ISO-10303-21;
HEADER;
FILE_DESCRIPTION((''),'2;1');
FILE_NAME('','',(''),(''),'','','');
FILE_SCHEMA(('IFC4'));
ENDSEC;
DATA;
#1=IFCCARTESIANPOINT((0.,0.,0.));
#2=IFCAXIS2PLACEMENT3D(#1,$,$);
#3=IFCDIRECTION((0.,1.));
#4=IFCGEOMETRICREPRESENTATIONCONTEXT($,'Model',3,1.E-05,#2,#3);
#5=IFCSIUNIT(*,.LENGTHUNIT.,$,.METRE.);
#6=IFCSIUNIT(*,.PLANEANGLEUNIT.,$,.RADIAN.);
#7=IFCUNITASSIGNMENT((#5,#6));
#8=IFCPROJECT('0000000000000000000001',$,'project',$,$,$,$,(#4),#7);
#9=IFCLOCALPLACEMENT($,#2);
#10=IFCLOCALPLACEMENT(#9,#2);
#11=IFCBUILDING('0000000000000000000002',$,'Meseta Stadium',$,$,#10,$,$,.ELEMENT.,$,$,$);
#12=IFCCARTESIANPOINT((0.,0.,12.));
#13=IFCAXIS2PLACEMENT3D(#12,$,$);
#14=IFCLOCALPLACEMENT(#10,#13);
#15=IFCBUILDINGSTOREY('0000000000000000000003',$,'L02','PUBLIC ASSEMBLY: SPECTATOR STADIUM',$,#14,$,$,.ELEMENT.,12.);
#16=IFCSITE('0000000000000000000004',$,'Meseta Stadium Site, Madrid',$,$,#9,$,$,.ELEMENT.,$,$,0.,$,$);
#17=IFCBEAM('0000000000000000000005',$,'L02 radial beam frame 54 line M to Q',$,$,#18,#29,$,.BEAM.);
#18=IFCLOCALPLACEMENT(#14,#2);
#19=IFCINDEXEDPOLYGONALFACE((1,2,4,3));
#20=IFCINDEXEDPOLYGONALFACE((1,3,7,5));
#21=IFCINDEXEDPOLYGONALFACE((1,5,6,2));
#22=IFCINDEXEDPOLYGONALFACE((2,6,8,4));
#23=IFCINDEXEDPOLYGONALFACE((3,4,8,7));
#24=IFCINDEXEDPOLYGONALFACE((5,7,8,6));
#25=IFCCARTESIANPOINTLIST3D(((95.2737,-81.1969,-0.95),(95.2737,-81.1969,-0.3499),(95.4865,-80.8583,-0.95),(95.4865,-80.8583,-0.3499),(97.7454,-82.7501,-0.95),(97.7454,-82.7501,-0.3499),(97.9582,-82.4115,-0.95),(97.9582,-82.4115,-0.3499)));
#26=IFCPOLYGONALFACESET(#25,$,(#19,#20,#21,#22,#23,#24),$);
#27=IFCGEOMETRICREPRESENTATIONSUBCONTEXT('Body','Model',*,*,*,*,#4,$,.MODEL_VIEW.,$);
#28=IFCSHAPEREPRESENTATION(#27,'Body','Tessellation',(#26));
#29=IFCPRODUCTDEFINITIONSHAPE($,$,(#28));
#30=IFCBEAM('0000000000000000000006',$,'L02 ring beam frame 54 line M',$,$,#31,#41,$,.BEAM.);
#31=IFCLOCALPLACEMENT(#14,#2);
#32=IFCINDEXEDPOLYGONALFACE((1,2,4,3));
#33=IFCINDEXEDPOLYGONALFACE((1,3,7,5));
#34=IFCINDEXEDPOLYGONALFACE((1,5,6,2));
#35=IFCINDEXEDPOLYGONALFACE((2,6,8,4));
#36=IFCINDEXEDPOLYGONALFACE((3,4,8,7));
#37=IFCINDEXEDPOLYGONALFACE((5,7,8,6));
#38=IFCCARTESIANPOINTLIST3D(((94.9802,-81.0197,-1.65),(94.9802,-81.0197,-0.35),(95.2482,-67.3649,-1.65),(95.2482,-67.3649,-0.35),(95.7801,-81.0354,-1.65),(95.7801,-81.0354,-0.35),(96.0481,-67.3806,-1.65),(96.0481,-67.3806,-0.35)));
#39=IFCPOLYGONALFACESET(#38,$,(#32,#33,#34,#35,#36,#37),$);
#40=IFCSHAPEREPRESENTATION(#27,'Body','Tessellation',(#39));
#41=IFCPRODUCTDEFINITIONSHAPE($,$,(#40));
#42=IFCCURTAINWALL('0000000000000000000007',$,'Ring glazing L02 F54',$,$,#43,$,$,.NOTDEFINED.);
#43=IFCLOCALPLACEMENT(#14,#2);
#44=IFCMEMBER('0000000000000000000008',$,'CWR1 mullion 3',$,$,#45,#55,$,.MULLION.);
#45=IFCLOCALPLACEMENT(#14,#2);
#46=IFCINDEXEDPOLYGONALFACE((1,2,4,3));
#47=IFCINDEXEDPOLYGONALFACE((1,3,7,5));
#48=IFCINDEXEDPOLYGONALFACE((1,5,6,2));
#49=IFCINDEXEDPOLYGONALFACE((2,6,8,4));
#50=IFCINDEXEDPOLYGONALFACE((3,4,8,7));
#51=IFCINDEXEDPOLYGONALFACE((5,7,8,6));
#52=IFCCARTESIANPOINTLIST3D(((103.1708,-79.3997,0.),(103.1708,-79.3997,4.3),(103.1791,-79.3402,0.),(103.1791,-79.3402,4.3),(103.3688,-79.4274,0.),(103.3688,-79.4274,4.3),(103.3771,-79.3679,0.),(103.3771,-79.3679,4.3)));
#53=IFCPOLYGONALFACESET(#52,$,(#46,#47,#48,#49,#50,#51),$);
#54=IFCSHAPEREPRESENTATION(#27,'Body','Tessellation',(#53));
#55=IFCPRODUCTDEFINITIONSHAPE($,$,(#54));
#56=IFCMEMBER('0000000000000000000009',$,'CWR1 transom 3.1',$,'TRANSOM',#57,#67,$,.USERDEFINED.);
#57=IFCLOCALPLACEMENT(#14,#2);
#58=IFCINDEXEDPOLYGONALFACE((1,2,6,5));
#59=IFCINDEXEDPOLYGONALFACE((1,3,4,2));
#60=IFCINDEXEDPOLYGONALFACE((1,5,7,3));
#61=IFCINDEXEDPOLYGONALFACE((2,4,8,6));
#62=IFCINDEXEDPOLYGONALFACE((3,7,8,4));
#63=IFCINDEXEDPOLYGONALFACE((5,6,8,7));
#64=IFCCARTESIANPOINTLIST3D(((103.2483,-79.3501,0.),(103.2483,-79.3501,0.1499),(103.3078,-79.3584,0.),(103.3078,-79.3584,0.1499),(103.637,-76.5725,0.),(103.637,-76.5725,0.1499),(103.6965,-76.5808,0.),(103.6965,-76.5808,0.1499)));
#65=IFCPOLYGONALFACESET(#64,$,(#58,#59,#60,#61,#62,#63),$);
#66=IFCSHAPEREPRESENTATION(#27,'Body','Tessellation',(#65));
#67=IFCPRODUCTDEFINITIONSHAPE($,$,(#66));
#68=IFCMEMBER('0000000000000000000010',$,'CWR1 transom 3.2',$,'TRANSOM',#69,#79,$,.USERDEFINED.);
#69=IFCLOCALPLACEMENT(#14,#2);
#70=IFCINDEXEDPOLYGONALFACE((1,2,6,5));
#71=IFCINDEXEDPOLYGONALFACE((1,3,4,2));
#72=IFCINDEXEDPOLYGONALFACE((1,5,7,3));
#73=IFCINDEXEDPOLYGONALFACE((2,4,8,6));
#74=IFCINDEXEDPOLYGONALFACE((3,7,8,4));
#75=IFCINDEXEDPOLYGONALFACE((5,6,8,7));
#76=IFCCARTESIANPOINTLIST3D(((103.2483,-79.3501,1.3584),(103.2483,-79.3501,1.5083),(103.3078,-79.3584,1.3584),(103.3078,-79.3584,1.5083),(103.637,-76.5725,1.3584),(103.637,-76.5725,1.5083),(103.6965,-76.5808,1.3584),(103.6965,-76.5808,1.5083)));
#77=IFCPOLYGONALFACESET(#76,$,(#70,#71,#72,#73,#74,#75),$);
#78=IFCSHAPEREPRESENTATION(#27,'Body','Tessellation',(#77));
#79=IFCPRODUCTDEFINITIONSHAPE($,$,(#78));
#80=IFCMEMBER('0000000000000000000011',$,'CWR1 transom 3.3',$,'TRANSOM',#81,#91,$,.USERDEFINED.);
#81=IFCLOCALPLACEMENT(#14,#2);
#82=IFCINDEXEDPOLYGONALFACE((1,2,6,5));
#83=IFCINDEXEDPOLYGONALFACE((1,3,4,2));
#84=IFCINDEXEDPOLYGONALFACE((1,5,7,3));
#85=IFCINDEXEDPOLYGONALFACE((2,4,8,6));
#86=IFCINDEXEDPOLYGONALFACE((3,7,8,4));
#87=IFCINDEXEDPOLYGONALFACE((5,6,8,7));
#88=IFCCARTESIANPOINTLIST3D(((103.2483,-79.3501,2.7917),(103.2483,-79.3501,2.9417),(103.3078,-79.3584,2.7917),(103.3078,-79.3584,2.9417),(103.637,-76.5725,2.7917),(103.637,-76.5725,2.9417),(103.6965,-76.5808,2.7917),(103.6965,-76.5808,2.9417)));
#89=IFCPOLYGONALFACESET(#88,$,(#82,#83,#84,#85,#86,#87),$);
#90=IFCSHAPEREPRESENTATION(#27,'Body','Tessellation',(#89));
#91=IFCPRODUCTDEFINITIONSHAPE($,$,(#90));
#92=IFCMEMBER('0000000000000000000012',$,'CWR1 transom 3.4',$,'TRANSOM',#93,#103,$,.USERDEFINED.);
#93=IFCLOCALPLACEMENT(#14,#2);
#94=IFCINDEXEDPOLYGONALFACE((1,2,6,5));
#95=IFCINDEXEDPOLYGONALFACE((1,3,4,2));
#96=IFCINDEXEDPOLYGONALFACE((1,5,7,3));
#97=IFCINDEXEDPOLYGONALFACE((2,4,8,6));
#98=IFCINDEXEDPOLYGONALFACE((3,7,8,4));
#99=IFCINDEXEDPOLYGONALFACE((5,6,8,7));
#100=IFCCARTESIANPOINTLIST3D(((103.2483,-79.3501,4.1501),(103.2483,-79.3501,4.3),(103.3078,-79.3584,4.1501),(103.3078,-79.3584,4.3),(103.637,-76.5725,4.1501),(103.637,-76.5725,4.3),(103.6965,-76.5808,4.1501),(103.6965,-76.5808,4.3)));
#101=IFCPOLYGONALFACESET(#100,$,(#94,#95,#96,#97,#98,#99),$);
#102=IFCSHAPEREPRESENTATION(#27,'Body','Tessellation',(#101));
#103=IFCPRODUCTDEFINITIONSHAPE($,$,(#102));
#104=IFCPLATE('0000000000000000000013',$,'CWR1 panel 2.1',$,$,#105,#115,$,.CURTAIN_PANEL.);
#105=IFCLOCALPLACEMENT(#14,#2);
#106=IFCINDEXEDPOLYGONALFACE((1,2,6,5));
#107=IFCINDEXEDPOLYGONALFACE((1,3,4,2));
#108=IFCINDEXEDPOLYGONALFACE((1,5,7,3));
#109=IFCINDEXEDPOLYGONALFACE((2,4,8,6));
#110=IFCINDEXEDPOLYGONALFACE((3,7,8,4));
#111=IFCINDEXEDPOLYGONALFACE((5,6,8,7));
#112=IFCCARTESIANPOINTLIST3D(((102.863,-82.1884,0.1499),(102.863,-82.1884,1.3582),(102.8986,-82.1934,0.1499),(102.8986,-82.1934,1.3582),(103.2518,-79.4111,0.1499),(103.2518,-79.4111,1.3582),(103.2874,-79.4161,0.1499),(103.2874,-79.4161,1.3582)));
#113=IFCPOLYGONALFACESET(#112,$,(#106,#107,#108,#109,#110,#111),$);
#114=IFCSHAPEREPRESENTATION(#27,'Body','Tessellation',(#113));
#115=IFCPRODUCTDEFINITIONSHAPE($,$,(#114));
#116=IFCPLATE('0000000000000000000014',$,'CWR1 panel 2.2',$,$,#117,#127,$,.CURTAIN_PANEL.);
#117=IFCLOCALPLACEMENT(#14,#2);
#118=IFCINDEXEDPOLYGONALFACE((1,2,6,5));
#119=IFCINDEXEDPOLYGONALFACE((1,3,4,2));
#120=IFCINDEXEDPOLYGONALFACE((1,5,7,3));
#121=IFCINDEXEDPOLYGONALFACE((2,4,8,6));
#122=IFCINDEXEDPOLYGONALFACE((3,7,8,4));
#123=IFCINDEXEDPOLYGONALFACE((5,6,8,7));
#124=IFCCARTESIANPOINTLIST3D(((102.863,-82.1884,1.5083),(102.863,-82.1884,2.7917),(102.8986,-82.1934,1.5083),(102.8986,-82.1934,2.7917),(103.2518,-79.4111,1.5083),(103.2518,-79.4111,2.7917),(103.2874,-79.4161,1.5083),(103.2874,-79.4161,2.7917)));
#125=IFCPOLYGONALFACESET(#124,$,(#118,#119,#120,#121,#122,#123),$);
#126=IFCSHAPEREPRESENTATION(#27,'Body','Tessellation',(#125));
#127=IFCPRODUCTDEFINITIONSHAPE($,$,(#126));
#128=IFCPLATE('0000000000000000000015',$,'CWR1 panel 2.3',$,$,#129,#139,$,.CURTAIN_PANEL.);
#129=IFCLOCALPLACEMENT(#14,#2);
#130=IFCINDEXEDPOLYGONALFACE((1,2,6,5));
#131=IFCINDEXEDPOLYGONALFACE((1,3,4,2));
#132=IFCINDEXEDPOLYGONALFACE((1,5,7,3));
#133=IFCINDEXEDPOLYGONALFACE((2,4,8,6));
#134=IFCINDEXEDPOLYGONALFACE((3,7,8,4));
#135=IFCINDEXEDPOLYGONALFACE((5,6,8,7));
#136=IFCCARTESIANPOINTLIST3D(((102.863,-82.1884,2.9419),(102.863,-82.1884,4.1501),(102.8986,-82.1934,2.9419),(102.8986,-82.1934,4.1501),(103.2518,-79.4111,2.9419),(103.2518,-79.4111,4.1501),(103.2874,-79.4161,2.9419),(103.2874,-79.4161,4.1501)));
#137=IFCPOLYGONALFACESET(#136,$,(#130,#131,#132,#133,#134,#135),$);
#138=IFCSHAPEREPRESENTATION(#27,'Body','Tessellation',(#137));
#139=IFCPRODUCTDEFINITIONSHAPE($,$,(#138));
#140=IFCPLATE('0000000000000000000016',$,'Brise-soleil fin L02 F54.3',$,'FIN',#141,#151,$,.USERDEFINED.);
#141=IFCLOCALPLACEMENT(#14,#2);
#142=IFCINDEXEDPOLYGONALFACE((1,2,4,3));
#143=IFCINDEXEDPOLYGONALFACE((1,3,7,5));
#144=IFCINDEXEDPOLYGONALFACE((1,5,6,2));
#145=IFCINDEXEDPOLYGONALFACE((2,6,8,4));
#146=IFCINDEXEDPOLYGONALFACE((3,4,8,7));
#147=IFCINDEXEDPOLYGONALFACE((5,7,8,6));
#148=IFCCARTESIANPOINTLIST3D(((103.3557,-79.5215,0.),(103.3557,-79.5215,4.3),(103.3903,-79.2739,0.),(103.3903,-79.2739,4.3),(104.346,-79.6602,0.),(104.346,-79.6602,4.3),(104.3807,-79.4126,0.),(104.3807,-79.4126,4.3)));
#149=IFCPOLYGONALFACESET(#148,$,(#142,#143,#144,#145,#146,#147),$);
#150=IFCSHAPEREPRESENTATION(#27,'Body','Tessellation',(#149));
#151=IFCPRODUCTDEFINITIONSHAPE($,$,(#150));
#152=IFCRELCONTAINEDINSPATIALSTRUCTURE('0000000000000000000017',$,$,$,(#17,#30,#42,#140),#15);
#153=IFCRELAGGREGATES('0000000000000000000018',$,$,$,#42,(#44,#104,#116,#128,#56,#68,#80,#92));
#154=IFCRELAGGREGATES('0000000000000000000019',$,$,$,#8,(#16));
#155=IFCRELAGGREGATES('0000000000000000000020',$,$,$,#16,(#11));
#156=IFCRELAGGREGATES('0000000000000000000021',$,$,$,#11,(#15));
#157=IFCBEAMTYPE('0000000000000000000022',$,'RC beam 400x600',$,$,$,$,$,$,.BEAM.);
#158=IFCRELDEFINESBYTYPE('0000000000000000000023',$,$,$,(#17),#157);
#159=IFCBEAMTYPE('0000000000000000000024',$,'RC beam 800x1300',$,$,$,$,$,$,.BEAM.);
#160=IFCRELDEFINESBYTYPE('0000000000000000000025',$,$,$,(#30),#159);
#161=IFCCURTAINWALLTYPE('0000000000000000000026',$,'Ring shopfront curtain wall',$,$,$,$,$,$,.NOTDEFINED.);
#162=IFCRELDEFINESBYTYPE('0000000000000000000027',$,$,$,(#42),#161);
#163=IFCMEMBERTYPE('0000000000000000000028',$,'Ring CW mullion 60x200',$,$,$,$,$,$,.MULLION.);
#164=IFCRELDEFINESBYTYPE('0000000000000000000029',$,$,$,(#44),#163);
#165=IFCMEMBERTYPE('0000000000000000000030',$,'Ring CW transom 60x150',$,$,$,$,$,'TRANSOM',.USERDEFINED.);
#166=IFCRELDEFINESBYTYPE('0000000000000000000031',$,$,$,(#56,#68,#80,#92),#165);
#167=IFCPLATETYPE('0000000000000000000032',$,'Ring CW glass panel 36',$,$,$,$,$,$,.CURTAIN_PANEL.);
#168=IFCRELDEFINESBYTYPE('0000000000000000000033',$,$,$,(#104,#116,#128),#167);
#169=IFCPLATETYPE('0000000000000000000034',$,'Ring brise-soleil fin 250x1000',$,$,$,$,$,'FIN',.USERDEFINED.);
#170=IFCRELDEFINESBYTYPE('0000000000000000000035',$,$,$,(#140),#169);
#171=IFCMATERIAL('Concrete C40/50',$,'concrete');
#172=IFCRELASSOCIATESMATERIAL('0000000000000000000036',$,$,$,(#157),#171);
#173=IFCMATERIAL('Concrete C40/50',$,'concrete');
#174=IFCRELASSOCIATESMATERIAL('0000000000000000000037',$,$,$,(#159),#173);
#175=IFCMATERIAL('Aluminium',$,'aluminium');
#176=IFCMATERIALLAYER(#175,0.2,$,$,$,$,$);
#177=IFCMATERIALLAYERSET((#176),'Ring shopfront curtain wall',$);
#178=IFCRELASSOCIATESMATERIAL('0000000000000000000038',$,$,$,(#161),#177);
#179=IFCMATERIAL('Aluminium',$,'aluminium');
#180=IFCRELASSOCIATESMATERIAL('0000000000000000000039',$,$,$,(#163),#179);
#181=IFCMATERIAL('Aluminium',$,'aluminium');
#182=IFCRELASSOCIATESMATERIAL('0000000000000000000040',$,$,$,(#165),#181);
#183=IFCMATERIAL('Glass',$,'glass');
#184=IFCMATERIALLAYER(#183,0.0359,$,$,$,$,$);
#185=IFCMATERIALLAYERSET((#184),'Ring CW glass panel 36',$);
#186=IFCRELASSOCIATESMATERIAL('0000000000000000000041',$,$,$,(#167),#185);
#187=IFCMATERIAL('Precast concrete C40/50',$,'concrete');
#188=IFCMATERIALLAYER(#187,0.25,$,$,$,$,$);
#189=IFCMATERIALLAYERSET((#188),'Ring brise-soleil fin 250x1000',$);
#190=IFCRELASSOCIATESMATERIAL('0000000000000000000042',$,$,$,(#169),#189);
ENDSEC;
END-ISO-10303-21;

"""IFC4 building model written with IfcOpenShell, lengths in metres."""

from ifc_helpers import new_model, si_unit, direction, frame, origin, origin_2d, place, context, subcontext, project, spatial, rectangle, extrude, material, layer, layer_set, material_profile, profile_set, type_object, element, aggregate, save


model = new_model("IFC4")

# Units and contexts
model_context = context("Model", 3, precision=1e-05, world=origin(), true_north=direction((0.0, 1.0)))
body_context = subcontext(model_context, "Body", "Model", "MODEL_VIEW")
ifc_project = project(units=[si_unit("LENGTHUNIT", "METRE"), si_unit("PLANEANGLEUNIT", "RADIAN")], contexts=[model_context])

# Site, building, storey
site_placement = place(None, origin())
site = spatial("IfcSite", under=ifc_project, at=site_placement, Name="Meseta Stadium Site, Madrid", CompositionType="ELEMENT", RefElevation=0.0)
building_placement = place(site_placement, origin())
building = spatial("IfcBuilding", under=site, at=building_placement, Name="Meseta Stadium", CompositionType="ELEMENT")
storey_placement = place(building_placement, frame((0.0, 0.0, 12.0)))
storey = spatial("IfcBuildingStorey", under=building, at=storey_placement, Name="L02", Description="PUBLIC ASSEMBLY: SPECTATOR STADIUM", CompositionType="ELEMENT", Elevation=12.0)

# Beams
ifc_material_1 = material(Name="Concrete C40/50", Category="concrete")
ifc_material_profile_1 = material_profile(ifc_material_1, rectangle(XDim=0.3999, YDim=0.6001, at=origin_2d()), Name="RC 400x600")
ifc_profile_set_1 = profile_set([ifc_material_profile_1], Name="Concrete C40/50")
beam_type_1 = type_object("IfcBeamType", Name="RC beam 400x600", PredefinedType="BEAM", material=ifc_profile_set_1)
beam_1_placement = place(storey_placement, frame((95.3801, -81.0276, -0.6499), z_axis=(0.846699, -0.532072, 0.0), x_axis=(0.532072, 0.846699, 0.0)))
element("IfcBeam", 1, at=beam_1_placement, inside=storey, type_object=beam_type_1, Name="L02 radial beam frame 54 line M to Q", PredefinedType="BEAM", context=body_context, shape_type="SweptSolid", body=[
    extrude(rectangle(XDim=0.3999, YDim=0.6001, at=origin_2d()), origin(), (0.0, 0.0, 1.0), 2.9192),
])
ifc_material_2 = material(Name="Concrete C40/50", Category="concrete")
ifc_material_profile_2 = material_profile(ifc_material_2, rectangle(XDim=0.8, YDim=1.3, at=origin_2d()), Name="RC 800x1300")
ifc_profile_set_2 = profile_set([ifc_material_profile_2], Name="Concrete C40/50")
beam_type_2 = type_object("IfcBeamType", Name="RC beam 800x1300", PredefinedType="BEAM", material=ifc_profile_set_2)
beam_2_placement = place(storey_placement, frame((95.3801, -81.0276, -1.0), z_axis=(0.019628, 0.999807, 0.0), x_axis=(-0.999807, 0.019628, 0.0)))
element("IfcBeam", 2, at=beam_2_placement, inside=storey, type_object=beam_type_2, Name="L02 ring beam frame 54 line M", PredefinedType="BEAM", context=body_context, shape_type="SweptSolid", body=[
    extrude(rectangle(XDim=0.8, YDim=1.3, at=origin_2d()), origin(), (0.0, 0.0, 1.0), 13.6575),
])

# Curtain wall, members, plates
ifc_material_3 = material(Name="Aluminium", Category="aluminium")
ifc_layer_1 = layer(ifc_material_3, 0.2)
ifc_layer_set_1 = layer_set([ifc_layer_1], Name="Ring shopfront curtain wall")
curtain_wall_type = type_object("IfcCurtainWallType", Name="Ring shopfront curtain wall", PredefinedType="NOTDEFINED", material=ifc_layer_set_1)
curtain_wall_placement = place(storey_placement, origin())
curtain_wall = element("IfcCurtainWall", 3, at=curtain_wall_placement, inside=storey, type_object=curtain_wall_type, Name="Ring glazing L02 F54", PredefinedType="NOTDEFINED")
ifc_material_4 = material(Name="Aluminium", Category="aluminium")
ifc_material_profile_3 = material_profile(ifc_material_4, rectangle(XDim=0.2, YDim=0.0601, at=origin_2d()), Name="CW 200x60")
ifc_profile_set_3 = profile_set([ifc_material_profile_3], Name="Aluminium")
member_type_1 = type_object("IfcMemberType", Name="Ring CW mullion 60x200", PredefinedType="MULLION", material=ifc_profile_set_3)
member_1_placement = place(storey_placement, frame((103.2739, -79.3838, 0.0), z_axis=(0.0, 0.0, 1.0), x_axis=(-0.990342, 0.138643, 0.0)))
member_1 = element("IfcMember", 4, at=member_1_placement, type_object=member_type_1, Name="CWR1 mullion 3", PredefinedType="MULLION", context=body_context, shape_type="SweptSolid", body=[
    extrude(rectangle(XDim=0.2, YDim=0.0601, at=origin_2d()), origin(), (0.0, 0.0, 1.0), 4.3),
])
ifc_material_5 = material(Name="Aluminium", Category="aluminium")
ifc_material_profile_4 = material_profile(ifc_material_5, rectangle(XDim=0.0601, YDim=0.1499, at=origin_2d()), Name="CW 60x150")
ifc_profile_set_4 = profile_set([ifc_material_profile_4], Name="Aluminium")
member_type_2 = type_object("IfcMemberType", Name="Ring CW transom 60x150", ElementType="TRANSOM", PredefinedType="USERDEFINED", material=ifc_profile_set_4)
member_2_placement = place(storey_placement, frame((103.2781, -79.3542, 0.075), z_axis=(0.138581, 0.990351, 0.0), x_axis=(-0.990351, 0.138581, 0.0)))
member_2 = element("IfcMember", 5, at=member_2_placement, type_object=member_type_2, Name="CWR1 transom 3.1", ObjectType="TRANSOM", PredefinedType="USERDEFINED", context=body_context, shape_type="SweptSolid", body=[
    extrude(rectangle(XDim=0.0601, YDim=0.1499, at=origin_2d()), origin(), (0.0, 0.0, 1.0), 2.8047),
])
member_3_placement = place(storey_placement, frame((103.2781, -79.3542, 1.4333), z_axis=(0.138581, 0.990351, 0.0), x_axis=(-0.990351, 0.138581, 0.0)))
member_3 = element("IfcMember", 6, at=member_3_placement, type_object=member_type_2, Name="CWR1 transom 3.2", ObjectType="TRANSOM", PredefinedType="USERDEFINED", context=body_context, shape_type="SweptSolid", body=[
    extrude(rectangle(XDim=0.0601, YDim=0.1499, at=origin_2d()), origin(), (0.0, 0.0, 1.0), 2.8047),
])
member_4_placement = place(storey_placement, frame((103.2781, -79.3542, 2.8667), z_axis=(0.138581, 0.990351, 0.0), x_axis=(-0.990351, 0.138581, 0.0)))
member_4 = element("IfcMember", 7, at=member_4_placement, type_object=member_type_2, Name="CWR1 transom 3.3", ObjectType="TRANSOM", PredefinedType="USERDEFINED", context=body_context, shape_type="SweptSolid", body=[
    extrude(rectangle(XDim=0.0601, YDim=0.1499, at=origin_2d()), origin(), (0.0, 0.0, 1.0), 2.8047),
])
member_5_placement = place(storey_placement, frame((103.2781, -79.3542, 4.2251), z_axis=(0.138581, 0.990351, 0.0), x_axis=(-0.990351, 0.138581, 0.0)))
member_5 = element("IfcMember", 8, at=member_5_placement, type_object=member_type_2, Name="CWR1 transom 3.4", ObjectType="TRANSOM", PredefinedType="USERDEFINED", context=body_context, shape_type="SweptSolid", body=[
    extrude(rectangle(XDim=0.0601, YDim=0.1499, at=origin_2d()), origin(), (0.0, 0.0, 1.0), 2.8047),
])
ifc_material_6 = material(Name="Glass", Category="glass")
ifc_layer_2 = layer(ifc_material_6, 0.0359)
ifc_layer_set_2 = layer_set([ifc_layer_2], Name="Ring CW glass panel 36")
plate_type_1 = type_object("IfcPlateType", Name="Ring CW glass panel 36", PredefinedType="CURTAIN_PANEL", material=ifc_layer_set_2)
plate_1_placement = place(storey_placement, frame((103.0752, -80.8022, 0.1499), z_axis=(0.0, 0.0, 1.0), x_axis=(0.138643, 0.990342, 0.0)))
plate_1 = element("IfcPlate", 9, at=plate_1_placement, type_object=plate_type_1, Name="CWR1 panel 2.1", PredefinedType="CURTAIN_PANEL", context=body_context, shape_type="SweptSolid", body=[
    extrude(rectangle(XDim=2.8044, YDim=0.0359, at=origin_2d()), origin(), (0.0, 0.0, 1.0), 1.2083),
])
plate_2_placement = place(storey_placement, frame((103.0752, -80.8022, 1.5083), z_axis=(0.0, 0.0, 1.0), x_axis=(0.138643, 0.990342, 0.0)))
plate_2 = element("IfcPlate", 10, at=plate_2_placement, type_object=plate_type_1, Name="CWR1 panel 2.2", PredefinedType="CURTAIN_PANEL", context=body_context, shape_type="SweptSolid", body=[
    extrude(rectangle(XDim=2.8044, YDim=0.0359, at=origin_2d()), origin(), (0.0, 0.0, 1.0), 1.2834),
])
plate_3_placement = place(storey_placement, frame((103.0752, -80.8022, 2.9419), z_axis=(0.0, 0.0, 1.0), x_axis=(0.138643, 0.990342, 0.0)))
plate_3 = element("IfcPlate", 11, at=plate_3_placement, type_object=plate_type_1, Name="CWR1 panel 2.3", PredefinedType="CURTAIN_PANEL", context=body_context, shape_type="SweptSolid", body=[
    extrude(rectangle(XDim=2.8044, YDim=0.0359, at=origin_2d()), origin(), (0.0, 0.0, 1.0), 1.2083),
])
aggregate(curtain_wall, [member_1, plate_1, plate_2, plate_3, member_2, member_3, member_4, member_5])

# Plate
ifc_material_7 = material(Name="Precast concrete C40/50", Category="concrete")
ifc_layer_3 = layer(ifc_material_7, 0.25)
ifc_layer_set_3 = layer_set([ifc_layer_3], Name="Ring brise-soleil fin 250x1000")
plate_type_2 = type_object("IfcPlateType", Name="Ring brise-soleil fin 250x1000", ElementType="FIN", PredefinedType="USERDEFINED", material=ifc_layer_set_3)
plate_4_placement = place(storey_placement, frame((103.8682, -79.467, 0.0), z_axis=(0.0, 0.0, 1.0), x_axis=(0.138641, 0.990343, 0.0)))
element("IfcPlate", 12, at=plate_4_placement, inside=storey, type_object=plate_type_2, Name="Brise-soleil fin L02 F54.3", ObjectType="FIN", PredefinedType="USERDEFINED", context=body_context, shape_type="SweptSolid", body=[
    extrude(rectangle(XDim=0.25, YDim=1.0, at=origin_2d()), origin(), (0.0, 0.0, 1.0), 4.3),
])

save(model, "model.ifc")
